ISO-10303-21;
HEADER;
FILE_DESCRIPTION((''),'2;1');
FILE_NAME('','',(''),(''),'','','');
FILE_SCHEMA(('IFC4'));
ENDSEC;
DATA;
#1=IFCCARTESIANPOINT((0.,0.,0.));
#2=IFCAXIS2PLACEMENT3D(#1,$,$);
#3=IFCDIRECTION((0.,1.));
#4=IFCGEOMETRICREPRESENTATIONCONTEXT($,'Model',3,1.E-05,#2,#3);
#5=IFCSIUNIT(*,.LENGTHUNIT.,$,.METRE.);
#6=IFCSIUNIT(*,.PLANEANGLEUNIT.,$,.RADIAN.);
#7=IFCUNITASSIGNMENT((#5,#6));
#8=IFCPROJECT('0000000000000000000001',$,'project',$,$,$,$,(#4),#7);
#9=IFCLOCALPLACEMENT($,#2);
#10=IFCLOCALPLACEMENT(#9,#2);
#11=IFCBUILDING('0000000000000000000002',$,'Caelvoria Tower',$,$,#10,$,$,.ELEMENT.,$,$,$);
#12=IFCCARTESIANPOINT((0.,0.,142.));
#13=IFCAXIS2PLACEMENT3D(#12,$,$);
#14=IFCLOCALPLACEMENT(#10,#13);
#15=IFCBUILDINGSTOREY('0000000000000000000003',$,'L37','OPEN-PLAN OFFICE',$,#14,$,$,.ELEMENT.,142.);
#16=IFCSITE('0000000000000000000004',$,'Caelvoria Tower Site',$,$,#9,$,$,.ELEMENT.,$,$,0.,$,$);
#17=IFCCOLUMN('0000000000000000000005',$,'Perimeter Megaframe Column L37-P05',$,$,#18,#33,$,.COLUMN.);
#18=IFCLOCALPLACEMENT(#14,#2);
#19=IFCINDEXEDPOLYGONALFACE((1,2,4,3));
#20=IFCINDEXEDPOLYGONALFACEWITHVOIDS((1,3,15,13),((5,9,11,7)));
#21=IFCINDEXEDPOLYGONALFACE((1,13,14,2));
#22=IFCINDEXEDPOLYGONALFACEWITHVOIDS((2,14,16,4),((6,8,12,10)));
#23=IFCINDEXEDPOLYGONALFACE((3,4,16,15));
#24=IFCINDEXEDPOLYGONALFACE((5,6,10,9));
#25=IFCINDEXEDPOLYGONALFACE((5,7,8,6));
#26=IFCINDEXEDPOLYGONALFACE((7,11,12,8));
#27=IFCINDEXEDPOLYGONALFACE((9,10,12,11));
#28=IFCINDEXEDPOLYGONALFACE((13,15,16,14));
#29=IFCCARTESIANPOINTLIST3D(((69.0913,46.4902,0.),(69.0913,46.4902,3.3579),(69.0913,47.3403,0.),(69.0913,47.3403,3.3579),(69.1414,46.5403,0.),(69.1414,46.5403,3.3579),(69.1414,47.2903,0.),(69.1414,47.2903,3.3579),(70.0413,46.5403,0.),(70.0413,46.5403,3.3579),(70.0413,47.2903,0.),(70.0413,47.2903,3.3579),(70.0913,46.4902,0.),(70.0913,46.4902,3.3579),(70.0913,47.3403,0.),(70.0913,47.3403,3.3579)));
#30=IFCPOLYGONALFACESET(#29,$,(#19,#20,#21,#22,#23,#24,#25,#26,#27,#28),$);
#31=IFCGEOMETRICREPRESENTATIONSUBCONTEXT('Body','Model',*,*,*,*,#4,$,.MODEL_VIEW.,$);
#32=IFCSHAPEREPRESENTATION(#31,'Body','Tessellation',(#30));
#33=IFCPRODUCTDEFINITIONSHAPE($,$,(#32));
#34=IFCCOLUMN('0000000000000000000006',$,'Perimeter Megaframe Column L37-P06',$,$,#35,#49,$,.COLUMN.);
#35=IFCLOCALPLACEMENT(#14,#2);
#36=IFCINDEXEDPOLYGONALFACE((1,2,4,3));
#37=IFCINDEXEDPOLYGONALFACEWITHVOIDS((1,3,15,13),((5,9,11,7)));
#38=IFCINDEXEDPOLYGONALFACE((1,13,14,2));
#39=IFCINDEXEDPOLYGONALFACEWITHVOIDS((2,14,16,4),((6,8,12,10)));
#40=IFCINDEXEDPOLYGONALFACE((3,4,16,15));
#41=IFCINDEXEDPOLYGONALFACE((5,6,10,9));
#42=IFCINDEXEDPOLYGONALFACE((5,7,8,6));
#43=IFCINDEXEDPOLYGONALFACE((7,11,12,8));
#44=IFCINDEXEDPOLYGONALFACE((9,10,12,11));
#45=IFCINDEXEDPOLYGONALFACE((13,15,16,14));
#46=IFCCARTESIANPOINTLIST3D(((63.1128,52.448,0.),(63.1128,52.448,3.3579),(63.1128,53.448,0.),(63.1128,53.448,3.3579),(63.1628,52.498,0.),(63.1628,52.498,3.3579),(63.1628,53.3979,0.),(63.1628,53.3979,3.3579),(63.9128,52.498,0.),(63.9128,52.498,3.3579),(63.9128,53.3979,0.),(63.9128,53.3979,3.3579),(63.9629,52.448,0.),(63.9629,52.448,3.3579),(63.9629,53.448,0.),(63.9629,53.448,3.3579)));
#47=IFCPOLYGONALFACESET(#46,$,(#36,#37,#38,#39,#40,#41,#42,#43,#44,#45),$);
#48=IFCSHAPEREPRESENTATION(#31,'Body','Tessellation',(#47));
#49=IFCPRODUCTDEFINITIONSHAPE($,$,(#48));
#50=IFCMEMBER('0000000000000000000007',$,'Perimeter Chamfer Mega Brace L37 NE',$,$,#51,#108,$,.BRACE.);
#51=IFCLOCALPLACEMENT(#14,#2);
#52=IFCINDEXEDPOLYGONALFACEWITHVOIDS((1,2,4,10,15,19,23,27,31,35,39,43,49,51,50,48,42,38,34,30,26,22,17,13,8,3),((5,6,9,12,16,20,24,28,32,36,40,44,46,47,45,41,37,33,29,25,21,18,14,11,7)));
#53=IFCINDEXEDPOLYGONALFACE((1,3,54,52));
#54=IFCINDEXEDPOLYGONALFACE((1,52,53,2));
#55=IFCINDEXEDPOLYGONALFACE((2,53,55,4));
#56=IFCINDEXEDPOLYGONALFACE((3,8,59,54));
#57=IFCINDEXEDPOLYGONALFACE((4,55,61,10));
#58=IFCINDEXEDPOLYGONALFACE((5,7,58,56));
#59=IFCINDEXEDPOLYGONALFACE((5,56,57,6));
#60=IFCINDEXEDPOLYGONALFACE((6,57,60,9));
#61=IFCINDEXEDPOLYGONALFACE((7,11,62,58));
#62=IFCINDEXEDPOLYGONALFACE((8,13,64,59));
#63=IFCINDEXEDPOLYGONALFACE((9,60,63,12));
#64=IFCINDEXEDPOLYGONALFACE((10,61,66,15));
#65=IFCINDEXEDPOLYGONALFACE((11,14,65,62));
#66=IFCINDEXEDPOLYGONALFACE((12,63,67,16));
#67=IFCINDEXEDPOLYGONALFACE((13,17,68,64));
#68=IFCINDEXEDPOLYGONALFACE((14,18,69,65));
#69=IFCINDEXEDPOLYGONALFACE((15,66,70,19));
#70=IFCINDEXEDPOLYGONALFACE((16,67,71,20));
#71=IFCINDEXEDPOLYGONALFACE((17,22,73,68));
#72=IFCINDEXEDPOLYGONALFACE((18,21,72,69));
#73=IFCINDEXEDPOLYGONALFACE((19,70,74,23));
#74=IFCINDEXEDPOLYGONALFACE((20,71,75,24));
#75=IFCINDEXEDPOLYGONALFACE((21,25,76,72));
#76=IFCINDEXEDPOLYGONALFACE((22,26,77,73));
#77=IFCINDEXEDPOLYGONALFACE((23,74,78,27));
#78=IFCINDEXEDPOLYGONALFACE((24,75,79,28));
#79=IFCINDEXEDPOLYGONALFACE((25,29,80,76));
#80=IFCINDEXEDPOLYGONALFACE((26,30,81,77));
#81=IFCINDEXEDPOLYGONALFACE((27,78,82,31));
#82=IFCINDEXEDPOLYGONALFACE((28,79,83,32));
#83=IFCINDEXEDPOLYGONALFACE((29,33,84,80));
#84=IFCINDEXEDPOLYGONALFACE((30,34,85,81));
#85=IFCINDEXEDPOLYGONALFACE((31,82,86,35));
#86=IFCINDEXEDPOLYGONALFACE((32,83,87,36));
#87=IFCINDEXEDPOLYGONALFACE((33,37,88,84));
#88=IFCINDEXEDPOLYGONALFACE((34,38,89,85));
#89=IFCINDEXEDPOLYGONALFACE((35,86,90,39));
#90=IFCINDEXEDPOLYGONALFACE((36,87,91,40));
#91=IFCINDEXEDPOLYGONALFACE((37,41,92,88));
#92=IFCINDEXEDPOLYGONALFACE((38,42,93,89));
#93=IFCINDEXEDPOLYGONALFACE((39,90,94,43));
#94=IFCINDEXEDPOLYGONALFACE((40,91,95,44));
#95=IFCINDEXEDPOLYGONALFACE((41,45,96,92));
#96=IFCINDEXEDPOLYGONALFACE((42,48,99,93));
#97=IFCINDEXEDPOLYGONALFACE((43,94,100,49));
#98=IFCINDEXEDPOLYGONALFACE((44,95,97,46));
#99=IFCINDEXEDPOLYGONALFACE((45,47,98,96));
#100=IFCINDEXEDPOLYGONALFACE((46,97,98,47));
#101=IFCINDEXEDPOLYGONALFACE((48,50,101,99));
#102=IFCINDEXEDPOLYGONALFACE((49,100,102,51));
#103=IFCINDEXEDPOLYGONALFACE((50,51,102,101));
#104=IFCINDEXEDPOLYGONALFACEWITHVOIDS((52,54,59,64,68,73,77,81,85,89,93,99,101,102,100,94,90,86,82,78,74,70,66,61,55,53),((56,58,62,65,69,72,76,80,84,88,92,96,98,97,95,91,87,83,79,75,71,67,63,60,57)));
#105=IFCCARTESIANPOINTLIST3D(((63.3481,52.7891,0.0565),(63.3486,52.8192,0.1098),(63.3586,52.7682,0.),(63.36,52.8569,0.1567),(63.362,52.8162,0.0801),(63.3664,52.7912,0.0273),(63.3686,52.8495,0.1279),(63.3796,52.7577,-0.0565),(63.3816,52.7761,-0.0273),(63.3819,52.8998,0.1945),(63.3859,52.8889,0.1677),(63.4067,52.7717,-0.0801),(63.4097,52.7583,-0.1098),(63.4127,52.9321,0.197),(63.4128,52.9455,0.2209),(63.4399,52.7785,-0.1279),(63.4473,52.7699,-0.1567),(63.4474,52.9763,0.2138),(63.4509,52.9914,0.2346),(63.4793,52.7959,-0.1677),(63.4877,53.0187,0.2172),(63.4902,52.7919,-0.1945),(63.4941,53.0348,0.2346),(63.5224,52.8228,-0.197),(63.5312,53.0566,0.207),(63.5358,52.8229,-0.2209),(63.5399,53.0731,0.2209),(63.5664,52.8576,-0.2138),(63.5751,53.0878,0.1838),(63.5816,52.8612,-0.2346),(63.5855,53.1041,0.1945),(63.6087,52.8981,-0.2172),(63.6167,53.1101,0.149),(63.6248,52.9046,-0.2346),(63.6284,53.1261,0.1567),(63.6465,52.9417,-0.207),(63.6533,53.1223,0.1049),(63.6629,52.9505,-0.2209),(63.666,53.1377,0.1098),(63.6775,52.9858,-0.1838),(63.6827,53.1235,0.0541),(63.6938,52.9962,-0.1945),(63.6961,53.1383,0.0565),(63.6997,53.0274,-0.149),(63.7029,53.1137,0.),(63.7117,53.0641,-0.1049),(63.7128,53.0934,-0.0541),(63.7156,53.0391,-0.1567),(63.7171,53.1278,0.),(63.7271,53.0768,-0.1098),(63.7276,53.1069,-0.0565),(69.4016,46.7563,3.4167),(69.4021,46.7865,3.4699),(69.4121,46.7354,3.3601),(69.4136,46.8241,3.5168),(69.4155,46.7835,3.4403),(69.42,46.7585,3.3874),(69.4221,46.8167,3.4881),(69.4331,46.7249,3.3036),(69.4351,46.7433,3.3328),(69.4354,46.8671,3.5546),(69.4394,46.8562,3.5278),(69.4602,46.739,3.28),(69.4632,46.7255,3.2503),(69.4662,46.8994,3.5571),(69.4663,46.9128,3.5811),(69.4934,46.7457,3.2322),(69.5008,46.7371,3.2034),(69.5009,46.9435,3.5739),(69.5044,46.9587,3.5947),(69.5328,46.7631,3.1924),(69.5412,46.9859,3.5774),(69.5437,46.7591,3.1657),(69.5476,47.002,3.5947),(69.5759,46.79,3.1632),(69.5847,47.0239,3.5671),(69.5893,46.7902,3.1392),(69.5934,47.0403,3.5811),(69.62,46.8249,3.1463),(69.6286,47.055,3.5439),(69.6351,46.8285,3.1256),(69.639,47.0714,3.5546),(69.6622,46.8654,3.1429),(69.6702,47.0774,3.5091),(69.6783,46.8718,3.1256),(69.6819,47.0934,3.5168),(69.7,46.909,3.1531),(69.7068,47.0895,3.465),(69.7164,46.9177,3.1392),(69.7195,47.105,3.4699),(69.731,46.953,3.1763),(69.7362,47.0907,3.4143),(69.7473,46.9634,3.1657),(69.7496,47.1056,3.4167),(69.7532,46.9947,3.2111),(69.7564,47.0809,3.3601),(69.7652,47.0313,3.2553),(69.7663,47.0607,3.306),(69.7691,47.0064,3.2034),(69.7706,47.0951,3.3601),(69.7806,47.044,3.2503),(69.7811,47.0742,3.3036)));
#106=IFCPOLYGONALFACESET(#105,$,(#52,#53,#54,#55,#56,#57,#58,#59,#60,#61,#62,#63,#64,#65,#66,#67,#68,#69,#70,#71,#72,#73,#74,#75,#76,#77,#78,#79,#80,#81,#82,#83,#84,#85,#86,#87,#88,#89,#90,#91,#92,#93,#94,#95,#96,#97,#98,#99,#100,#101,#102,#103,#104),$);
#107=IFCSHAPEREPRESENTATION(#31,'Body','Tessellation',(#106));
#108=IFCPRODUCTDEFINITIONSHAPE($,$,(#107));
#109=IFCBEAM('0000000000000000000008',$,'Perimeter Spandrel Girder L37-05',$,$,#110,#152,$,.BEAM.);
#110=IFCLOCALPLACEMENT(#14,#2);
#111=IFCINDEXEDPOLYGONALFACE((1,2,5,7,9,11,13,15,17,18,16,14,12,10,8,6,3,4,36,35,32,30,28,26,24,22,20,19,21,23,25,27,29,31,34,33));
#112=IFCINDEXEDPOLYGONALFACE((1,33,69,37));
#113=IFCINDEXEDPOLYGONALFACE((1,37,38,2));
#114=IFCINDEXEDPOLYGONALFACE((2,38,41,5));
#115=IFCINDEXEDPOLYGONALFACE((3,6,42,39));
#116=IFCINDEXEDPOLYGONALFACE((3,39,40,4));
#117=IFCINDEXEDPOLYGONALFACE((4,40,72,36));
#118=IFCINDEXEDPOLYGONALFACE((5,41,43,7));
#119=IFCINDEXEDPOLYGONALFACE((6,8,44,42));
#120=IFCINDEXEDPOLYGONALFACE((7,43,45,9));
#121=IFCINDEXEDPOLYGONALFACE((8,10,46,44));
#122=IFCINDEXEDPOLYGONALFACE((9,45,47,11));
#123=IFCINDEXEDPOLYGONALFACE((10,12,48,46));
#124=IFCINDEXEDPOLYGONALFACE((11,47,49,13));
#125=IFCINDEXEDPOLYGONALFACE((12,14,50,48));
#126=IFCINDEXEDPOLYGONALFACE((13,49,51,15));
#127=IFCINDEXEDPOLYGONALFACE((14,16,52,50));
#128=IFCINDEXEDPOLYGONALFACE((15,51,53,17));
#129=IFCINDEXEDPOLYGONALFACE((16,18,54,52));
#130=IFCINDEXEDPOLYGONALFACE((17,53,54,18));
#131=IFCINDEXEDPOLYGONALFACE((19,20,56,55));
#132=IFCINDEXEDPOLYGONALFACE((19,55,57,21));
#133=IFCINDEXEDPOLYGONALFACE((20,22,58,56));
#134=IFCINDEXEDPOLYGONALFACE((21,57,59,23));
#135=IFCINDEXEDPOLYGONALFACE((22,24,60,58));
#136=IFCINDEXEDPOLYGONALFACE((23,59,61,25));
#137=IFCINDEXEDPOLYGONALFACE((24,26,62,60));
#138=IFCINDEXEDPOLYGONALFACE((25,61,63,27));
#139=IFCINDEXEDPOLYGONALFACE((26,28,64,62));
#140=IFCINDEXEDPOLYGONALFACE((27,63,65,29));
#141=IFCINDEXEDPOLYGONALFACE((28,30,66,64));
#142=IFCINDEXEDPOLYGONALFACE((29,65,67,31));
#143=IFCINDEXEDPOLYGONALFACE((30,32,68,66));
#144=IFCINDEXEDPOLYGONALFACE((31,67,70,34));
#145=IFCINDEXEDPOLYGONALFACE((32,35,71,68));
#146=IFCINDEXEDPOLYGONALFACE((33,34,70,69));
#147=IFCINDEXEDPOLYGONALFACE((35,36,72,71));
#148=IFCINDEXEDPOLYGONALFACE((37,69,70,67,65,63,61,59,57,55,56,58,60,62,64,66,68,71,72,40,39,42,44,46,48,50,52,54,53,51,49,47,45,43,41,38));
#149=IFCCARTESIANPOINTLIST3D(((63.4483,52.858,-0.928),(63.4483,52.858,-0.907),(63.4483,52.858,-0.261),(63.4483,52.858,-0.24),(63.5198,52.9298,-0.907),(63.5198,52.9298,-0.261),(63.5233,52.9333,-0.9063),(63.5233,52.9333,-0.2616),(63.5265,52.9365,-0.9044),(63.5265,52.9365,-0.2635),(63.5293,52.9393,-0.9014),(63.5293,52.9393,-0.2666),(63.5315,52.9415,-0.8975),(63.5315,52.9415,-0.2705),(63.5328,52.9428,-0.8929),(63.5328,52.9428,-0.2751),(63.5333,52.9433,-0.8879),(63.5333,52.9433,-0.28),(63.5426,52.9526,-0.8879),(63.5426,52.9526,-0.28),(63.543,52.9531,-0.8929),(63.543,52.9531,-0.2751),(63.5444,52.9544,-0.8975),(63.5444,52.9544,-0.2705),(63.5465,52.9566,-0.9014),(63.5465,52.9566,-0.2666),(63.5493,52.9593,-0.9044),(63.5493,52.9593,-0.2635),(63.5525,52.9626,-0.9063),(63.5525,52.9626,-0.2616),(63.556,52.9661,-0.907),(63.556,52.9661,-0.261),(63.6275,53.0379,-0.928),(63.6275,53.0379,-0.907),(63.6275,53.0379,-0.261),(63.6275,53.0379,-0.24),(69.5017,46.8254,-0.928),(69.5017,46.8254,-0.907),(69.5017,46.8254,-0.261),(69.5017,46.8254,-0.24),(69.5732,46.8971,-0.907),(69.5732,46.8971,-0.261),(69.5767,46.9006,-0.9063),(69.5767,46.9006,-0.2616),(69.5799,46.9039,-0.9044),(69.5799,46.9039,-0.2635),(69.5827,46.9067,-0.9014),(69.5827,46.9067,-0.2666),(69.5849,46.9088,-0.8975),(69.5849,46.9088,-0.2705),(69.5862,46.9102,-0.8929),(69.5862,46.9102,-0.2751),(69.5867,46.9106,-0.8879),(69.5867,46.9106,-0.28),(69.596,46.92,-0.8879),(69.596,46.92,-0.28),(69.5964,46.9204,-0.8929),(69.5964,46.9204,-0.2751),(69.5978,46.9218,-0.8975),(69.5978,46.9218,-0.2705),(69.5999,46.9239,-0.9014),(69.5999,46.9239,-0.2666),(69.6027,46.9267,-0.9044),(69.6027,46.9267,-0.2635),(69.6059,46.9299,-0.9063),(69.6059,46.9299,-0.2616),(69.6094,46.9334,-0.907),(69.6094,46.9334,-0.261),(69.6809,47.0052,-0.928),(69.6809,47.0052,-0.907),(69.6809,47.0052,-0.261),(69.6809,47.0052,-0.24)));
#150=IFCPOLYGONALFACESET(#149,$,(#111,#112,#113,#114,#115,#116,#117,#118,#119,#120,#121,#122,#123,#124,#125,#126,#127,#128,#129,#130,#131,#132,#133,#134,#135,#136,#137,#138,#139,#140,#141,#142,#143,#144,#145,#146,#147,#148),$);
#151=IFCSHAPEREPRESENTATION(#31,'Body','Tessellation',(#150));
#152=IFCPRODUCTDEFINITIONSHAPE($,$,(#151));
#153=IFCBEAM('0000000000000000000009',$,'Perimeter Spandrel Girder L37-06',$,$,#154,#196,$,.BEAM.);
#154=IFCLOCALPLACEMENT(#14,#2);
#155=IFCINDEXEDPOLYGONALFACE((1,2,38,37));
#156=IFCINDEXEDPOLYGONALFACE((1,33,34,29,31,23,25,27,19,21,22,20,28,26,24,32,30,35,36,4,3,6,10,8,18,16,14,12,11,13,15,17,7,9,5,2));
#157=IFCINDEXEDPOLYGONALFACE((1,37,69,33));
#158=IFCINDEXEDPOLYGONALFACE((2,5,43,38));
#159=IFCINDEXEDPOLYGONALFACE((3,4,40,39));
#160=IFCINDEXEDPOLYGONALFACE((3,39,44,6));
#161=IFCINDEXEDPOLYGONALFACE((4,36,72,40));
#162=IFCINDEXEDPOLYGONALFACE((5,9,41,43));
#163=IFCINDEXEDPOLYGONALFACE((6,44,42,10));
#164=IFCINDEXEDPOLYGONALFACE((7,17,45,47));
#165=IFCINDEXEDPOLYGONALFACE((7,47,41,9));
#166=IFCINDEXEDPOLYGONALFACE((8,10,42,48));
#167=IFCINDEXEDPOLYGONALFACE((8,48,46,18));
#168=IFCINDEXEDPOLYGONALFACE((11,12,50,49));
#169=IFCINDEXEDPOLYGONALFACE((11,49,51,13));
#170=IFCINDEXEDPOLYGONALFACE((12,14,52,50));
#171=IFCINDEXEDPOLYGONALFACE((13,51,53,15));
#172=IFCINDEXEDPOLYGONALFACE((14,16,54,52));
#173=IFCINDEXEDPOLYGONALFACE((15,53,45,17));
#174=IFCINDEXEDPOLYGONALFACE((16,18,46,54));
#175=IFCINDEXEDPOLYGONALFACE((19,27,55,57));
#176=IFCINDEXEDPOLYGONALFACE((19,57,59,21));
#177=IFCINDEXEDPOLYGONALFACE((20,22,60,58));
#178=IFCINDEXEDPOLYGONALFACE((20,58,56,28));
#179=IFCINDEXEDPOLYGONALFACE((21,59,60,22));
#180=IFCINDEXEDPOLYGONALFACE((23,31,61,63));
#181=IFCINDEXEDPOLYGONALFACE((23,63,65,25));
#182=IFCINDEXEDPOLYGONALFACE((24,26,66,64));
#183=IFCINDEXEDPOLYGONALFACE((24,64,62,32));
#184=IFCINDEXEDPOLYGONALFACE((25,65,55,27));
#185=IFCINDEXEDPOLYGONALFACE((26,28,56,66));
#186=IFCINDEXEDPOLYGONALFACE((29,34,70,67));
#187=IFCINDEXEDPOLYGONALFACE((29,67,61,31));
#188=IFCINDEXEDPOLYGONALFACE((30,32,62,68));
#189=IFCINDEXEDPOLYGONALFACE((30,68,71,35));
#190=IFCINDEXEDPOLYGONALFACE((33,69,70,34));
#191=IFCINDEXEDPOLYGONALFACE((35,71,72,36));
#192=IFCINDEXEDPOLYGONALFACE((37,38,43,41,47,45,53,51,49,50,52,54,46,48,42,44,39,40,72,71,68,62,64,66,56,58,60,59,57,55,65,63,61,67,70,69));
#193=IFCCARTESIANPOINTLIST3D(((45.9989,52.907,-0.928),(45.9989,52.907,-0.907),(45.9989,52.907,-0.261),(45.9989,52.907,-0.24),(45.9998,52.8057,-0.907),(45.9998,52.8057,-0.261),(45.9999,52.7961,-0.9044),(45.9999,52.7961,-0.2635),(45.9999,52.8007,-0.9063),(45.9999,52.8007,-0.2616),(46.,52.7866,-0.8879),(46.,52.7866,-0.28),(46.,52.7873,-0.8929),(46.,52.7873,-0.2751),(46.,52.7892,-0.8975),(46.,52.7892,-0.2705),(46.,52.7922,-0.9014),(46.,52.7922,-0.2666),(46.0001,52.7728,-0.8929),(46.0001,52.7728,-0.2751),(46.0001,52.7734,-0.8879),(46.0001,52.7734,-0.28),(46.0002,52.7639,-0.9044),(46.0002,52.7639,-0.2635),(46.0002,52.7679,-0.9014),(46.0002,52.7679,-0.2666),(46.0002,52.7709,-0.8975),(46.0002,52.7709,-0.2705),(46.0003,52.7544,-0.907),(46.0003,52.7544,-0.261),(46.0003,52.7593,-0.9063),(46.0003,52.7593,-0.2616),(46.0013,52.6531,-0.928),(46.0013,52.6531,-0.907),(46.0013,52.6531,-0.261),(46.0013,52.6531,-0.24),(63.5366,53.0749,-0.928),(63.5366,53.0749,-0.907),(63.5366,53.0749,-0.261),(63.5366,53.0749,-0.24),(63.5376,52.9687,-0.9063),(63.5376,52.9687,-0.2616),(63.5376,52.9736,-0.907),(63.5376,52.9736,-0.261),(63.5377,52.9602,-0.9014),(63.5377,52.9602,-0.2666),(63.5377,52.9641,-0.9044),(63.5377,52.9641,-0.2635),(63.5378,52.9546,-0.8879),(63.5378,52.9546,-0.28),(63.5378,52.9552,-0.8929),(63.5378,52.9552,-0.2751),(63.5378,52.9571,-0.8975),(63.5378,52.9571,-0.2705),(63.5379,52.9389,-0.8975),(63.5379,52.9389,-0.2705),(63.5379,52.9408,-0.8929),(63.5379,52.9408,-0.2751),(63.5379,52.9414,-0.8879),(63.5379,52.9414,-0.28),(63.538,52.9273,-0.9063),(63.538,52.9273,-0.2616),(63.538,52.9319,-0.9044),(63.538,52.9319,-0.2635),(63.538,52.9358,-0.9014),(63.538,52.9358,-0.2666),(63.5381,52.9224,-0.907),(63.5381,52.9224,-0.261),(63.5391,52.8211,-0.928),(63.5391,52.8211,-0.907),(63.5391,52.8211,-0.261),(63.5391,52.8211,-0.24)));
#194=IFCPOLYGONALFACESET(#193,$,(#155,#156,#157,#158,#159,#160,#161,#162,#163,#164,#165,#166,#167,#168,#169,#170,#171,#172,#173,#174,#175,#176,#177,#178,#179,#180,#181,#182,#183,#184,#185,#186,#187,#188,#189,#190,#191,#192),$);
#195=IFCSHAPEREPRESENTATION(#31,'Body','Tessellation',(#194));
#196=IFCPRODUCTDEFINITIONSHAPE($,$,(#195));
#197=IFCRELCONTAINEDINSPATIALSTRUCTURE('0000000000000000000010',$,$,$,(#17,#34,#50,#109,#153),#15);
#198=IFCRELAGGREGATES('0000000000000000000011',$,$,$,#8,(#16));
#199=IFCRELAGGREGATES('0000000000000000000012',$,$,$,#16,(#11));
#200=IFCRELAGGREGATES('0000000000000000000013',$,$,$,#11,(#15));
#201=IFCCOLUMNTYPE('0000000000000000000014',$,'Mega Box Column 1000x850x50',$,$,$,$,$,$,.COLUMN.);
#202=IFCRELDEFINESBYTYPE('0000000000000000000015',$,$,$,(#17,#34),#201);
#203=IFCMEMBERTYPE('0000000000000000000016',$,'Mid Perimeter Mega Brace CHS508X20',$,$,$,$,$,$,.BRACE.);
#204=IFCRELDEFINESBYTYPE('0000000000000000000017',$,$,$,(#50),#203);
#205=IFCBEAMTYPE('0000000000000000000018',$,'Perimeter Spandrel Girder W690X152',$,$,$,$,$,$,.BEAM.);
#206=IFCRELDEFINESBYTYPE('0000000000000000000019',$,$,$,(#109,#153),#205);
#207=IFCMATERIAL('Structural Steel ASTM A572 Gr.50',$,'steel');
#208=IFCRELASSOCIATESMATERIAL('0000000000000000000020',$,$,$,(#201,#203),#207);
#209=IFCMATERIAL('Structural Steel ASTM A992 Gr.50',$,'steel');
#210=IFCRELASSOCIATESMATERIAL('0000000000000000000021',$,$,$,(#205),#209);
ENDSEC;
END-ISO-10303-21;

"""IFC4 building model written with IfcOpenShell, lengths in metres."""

from ifc_helpers import new_model, si_unit, direction, frame, origin, origin_2d, place, context, subcontext, project, spatial, hollow_rectangle, hollow_circle, i_section, extrude, material, material_profile, profile_set, type_object, element, save


model = new_model("IFC4")

# Units and contexts
model_context = context("Model", 3, precision=1e-05, world=origin(), true_north=direction((0.0, 1.0)))
body_context = subcontext(model_context, "Body", "Model", "MODEL_VIEW")
ifc_project = project(units=[si_unit("LENGTHUNIT", "METRE"), si_unit("PLANEANGLEUNIT", "RADIAN")], contexts=[model_context])

# Site, building, storey
site_placement = place(None, origin())
site = spatial("IfcSite", under=ifc_project, at=site_placement, Name="Caelvoria Tower Site", CompositionType="ELEMENT", RefElevation=0.0)
building_placement = place(site_placement, origin())
building = spatial("IfcBuilding", under=site, at=building_placement, Name="Caelvoria Tower", CompositionType="ELEMENT")
storey_placement = place(building_placement, frame((0.0, 0.0, 142.0)))
storey = spatial("IfcBuildingStorey", under=building, at=storey_placement, Name="L37", Description="OPEN-PLAN OFFICE", CompositionType="ELEMENT", Elevation=142.0)

# Columns
ifc_material_1 = material(Name="Structural Steel ASTM A572 Gr.50", Category="steel")
ifc_material_profile_1 = material_profile(ifc_material_1, hollow_rectangle(XDim=0.8501, YDim=1.0, WallThickness=0.05, at=origin_2d()), Name="Structural Steel ASTM A572 Gr.50")
ifc_profile_set_1 = profile_set([ifc_material_profile_1], Name="BOX1000X850X50 - Structural Steel ASTM A572 Gr.50")
column_type = type_object("IfcColumnType", Name="Mega Box Column 1000x850x50", PredefinedType="COLUMN", material=ifc_profile_set_1)
for number, where, z_axis, x_axis, name in (
    (1, (69.5913, 46.9153, 0.0), (0.0, 0.0, 1.0), (0.0, 1.0, 0.0), "Perimeter Megaframe Column L37-P05"),
    (2, (63.5378, 52.948, 0.0), (0.0, 0.0, 1.0), (1.0, 0.0, 0.0), "Perimeter Megaframe Column L37-P06"),
):
    element("IfcColumn", number, at=place(storey_placement, frame(where, z_axis=z_axis, x_axis=x_axis)), inside=storey, type_object=column_type, Name=name, PredefinedType="COLUMN", context=body_context, shape_type="SweptSolid", body=[
        extrude(hollow_rectangle(XDim=0.8501, YDim=1.0, WallThickness=0.05, at=origin_2d()), origin(), (0.0, 0.0, 1.0), 3.3579),
    ])

# Member
ifc_material_profile_2 = material_profile(ifc_material_1, hollow_circle(Radius=0.2539, WallThickness=0.02, at=origin_2d()), Name="Structural Steel ASTM A572 Gr.50")
ifc_profile_set_2 = profile_set([ifc_material_profile_2], Name="CHS508X20 - Structural Steel ASTM A572 Gr.50")
member_type = type_object("IfcMemberType", Name="Mid Perimeter Mega Brace CHS508X20", PredefinedType="BRACE", material=ifc_profile_set_2)
member_placement = place(storey_placement, frame((63.5378, 52.948, 0.0), z_axis=(0.6592, -0.65694, 0.365903), x_axis=(0.705892, 0.70832, 0.0)))
element("IfcMember", 3, at=member_placement, inside=storey, type_object=member_type, Name="Perimeter Chamfer Mega Brace L37 NE", PredefinedType="BRACE", context=body_context, shape_type="SweptSolid", body=[
    extrude(hollow_circle(Radius=0.2539, WallThickness=0.02, at=origin_2d()), origin(), (0.0, 0.0, 1.0), 9.1831),
])

# Beams
ifc_material_2 = material(Name="Structural Steel ASTM A992 Gr.50", Category="steel")
ifc_material_profile_3 = material_profile(ifc_material_2, i_section(OverallWidth=0.2539, OverallDepth=0.688, WebThickness=0.0132, FlangeThickness=0.021, FilletRadius=0.019, at=origin_2d()), Name="Structural Steel ASTM A992 Gr.50")
ifc_profile_set_3 = profile_set([ifc_material_profile_3], Name="W690X152 - Structural Steel ASTM A992 Gr.50")
beam_type_1 = type_object("IfcBeamType", Name="Perimeter Spandrel Girder W690X152", PredefinedType="BEAM", material=ifc_profile_set_3)
beam_1_placement = place(storey_placement, frame((69.5913, 46.9153, -0.584), z_axis=(-0.70832, 0.705892, 0.0), x_axis=(-0.705892, -0.70832, 0.0)))
element("IfcBeam", 4, at=beam_1_placement, inside=storey, type_object=beam_type_1, Name="Perimeter Spandrel Girder L37-05", PredefinedType="BEAM", context=body_context, shape_type="SweptSolid", body=[
    extrude(i_section(OverallWidth=0.2539, OverallDepth=0.688, WebThickness=0.0132, FlangeThickness=0.021, FilletRadius=0.019, at=origin_2d()), origin(), (0.0, 0.0, 1.0), 8.5461),
])
beam_2_placement = place(storey_placement, frame((63.5378, 52.948, -0.584), z_axis=(-0.999954, -0.009577, 0.0), x_axis=(0.009577, -0.999954, 0.0)))
element("IfcBeam", 5, at=beam_2_placement, inside=storey, type_object=beam_type_1, Name="Perimeter Spandrel Girder L37-06", PredefinedType="BEAM", context=body_context, shape_type="SweptSolid", body=[
    extrude(i_section(OverallWidth=0.2539, OverallDepth=0.688, WebThickness=0.0132, FlangeThickness=0.021, FilletRadius=0.019, at=origin_2d()), origin(), (0.0, 0.0, 1.0), 17.5386),
])

save(model, "model.ifc")
